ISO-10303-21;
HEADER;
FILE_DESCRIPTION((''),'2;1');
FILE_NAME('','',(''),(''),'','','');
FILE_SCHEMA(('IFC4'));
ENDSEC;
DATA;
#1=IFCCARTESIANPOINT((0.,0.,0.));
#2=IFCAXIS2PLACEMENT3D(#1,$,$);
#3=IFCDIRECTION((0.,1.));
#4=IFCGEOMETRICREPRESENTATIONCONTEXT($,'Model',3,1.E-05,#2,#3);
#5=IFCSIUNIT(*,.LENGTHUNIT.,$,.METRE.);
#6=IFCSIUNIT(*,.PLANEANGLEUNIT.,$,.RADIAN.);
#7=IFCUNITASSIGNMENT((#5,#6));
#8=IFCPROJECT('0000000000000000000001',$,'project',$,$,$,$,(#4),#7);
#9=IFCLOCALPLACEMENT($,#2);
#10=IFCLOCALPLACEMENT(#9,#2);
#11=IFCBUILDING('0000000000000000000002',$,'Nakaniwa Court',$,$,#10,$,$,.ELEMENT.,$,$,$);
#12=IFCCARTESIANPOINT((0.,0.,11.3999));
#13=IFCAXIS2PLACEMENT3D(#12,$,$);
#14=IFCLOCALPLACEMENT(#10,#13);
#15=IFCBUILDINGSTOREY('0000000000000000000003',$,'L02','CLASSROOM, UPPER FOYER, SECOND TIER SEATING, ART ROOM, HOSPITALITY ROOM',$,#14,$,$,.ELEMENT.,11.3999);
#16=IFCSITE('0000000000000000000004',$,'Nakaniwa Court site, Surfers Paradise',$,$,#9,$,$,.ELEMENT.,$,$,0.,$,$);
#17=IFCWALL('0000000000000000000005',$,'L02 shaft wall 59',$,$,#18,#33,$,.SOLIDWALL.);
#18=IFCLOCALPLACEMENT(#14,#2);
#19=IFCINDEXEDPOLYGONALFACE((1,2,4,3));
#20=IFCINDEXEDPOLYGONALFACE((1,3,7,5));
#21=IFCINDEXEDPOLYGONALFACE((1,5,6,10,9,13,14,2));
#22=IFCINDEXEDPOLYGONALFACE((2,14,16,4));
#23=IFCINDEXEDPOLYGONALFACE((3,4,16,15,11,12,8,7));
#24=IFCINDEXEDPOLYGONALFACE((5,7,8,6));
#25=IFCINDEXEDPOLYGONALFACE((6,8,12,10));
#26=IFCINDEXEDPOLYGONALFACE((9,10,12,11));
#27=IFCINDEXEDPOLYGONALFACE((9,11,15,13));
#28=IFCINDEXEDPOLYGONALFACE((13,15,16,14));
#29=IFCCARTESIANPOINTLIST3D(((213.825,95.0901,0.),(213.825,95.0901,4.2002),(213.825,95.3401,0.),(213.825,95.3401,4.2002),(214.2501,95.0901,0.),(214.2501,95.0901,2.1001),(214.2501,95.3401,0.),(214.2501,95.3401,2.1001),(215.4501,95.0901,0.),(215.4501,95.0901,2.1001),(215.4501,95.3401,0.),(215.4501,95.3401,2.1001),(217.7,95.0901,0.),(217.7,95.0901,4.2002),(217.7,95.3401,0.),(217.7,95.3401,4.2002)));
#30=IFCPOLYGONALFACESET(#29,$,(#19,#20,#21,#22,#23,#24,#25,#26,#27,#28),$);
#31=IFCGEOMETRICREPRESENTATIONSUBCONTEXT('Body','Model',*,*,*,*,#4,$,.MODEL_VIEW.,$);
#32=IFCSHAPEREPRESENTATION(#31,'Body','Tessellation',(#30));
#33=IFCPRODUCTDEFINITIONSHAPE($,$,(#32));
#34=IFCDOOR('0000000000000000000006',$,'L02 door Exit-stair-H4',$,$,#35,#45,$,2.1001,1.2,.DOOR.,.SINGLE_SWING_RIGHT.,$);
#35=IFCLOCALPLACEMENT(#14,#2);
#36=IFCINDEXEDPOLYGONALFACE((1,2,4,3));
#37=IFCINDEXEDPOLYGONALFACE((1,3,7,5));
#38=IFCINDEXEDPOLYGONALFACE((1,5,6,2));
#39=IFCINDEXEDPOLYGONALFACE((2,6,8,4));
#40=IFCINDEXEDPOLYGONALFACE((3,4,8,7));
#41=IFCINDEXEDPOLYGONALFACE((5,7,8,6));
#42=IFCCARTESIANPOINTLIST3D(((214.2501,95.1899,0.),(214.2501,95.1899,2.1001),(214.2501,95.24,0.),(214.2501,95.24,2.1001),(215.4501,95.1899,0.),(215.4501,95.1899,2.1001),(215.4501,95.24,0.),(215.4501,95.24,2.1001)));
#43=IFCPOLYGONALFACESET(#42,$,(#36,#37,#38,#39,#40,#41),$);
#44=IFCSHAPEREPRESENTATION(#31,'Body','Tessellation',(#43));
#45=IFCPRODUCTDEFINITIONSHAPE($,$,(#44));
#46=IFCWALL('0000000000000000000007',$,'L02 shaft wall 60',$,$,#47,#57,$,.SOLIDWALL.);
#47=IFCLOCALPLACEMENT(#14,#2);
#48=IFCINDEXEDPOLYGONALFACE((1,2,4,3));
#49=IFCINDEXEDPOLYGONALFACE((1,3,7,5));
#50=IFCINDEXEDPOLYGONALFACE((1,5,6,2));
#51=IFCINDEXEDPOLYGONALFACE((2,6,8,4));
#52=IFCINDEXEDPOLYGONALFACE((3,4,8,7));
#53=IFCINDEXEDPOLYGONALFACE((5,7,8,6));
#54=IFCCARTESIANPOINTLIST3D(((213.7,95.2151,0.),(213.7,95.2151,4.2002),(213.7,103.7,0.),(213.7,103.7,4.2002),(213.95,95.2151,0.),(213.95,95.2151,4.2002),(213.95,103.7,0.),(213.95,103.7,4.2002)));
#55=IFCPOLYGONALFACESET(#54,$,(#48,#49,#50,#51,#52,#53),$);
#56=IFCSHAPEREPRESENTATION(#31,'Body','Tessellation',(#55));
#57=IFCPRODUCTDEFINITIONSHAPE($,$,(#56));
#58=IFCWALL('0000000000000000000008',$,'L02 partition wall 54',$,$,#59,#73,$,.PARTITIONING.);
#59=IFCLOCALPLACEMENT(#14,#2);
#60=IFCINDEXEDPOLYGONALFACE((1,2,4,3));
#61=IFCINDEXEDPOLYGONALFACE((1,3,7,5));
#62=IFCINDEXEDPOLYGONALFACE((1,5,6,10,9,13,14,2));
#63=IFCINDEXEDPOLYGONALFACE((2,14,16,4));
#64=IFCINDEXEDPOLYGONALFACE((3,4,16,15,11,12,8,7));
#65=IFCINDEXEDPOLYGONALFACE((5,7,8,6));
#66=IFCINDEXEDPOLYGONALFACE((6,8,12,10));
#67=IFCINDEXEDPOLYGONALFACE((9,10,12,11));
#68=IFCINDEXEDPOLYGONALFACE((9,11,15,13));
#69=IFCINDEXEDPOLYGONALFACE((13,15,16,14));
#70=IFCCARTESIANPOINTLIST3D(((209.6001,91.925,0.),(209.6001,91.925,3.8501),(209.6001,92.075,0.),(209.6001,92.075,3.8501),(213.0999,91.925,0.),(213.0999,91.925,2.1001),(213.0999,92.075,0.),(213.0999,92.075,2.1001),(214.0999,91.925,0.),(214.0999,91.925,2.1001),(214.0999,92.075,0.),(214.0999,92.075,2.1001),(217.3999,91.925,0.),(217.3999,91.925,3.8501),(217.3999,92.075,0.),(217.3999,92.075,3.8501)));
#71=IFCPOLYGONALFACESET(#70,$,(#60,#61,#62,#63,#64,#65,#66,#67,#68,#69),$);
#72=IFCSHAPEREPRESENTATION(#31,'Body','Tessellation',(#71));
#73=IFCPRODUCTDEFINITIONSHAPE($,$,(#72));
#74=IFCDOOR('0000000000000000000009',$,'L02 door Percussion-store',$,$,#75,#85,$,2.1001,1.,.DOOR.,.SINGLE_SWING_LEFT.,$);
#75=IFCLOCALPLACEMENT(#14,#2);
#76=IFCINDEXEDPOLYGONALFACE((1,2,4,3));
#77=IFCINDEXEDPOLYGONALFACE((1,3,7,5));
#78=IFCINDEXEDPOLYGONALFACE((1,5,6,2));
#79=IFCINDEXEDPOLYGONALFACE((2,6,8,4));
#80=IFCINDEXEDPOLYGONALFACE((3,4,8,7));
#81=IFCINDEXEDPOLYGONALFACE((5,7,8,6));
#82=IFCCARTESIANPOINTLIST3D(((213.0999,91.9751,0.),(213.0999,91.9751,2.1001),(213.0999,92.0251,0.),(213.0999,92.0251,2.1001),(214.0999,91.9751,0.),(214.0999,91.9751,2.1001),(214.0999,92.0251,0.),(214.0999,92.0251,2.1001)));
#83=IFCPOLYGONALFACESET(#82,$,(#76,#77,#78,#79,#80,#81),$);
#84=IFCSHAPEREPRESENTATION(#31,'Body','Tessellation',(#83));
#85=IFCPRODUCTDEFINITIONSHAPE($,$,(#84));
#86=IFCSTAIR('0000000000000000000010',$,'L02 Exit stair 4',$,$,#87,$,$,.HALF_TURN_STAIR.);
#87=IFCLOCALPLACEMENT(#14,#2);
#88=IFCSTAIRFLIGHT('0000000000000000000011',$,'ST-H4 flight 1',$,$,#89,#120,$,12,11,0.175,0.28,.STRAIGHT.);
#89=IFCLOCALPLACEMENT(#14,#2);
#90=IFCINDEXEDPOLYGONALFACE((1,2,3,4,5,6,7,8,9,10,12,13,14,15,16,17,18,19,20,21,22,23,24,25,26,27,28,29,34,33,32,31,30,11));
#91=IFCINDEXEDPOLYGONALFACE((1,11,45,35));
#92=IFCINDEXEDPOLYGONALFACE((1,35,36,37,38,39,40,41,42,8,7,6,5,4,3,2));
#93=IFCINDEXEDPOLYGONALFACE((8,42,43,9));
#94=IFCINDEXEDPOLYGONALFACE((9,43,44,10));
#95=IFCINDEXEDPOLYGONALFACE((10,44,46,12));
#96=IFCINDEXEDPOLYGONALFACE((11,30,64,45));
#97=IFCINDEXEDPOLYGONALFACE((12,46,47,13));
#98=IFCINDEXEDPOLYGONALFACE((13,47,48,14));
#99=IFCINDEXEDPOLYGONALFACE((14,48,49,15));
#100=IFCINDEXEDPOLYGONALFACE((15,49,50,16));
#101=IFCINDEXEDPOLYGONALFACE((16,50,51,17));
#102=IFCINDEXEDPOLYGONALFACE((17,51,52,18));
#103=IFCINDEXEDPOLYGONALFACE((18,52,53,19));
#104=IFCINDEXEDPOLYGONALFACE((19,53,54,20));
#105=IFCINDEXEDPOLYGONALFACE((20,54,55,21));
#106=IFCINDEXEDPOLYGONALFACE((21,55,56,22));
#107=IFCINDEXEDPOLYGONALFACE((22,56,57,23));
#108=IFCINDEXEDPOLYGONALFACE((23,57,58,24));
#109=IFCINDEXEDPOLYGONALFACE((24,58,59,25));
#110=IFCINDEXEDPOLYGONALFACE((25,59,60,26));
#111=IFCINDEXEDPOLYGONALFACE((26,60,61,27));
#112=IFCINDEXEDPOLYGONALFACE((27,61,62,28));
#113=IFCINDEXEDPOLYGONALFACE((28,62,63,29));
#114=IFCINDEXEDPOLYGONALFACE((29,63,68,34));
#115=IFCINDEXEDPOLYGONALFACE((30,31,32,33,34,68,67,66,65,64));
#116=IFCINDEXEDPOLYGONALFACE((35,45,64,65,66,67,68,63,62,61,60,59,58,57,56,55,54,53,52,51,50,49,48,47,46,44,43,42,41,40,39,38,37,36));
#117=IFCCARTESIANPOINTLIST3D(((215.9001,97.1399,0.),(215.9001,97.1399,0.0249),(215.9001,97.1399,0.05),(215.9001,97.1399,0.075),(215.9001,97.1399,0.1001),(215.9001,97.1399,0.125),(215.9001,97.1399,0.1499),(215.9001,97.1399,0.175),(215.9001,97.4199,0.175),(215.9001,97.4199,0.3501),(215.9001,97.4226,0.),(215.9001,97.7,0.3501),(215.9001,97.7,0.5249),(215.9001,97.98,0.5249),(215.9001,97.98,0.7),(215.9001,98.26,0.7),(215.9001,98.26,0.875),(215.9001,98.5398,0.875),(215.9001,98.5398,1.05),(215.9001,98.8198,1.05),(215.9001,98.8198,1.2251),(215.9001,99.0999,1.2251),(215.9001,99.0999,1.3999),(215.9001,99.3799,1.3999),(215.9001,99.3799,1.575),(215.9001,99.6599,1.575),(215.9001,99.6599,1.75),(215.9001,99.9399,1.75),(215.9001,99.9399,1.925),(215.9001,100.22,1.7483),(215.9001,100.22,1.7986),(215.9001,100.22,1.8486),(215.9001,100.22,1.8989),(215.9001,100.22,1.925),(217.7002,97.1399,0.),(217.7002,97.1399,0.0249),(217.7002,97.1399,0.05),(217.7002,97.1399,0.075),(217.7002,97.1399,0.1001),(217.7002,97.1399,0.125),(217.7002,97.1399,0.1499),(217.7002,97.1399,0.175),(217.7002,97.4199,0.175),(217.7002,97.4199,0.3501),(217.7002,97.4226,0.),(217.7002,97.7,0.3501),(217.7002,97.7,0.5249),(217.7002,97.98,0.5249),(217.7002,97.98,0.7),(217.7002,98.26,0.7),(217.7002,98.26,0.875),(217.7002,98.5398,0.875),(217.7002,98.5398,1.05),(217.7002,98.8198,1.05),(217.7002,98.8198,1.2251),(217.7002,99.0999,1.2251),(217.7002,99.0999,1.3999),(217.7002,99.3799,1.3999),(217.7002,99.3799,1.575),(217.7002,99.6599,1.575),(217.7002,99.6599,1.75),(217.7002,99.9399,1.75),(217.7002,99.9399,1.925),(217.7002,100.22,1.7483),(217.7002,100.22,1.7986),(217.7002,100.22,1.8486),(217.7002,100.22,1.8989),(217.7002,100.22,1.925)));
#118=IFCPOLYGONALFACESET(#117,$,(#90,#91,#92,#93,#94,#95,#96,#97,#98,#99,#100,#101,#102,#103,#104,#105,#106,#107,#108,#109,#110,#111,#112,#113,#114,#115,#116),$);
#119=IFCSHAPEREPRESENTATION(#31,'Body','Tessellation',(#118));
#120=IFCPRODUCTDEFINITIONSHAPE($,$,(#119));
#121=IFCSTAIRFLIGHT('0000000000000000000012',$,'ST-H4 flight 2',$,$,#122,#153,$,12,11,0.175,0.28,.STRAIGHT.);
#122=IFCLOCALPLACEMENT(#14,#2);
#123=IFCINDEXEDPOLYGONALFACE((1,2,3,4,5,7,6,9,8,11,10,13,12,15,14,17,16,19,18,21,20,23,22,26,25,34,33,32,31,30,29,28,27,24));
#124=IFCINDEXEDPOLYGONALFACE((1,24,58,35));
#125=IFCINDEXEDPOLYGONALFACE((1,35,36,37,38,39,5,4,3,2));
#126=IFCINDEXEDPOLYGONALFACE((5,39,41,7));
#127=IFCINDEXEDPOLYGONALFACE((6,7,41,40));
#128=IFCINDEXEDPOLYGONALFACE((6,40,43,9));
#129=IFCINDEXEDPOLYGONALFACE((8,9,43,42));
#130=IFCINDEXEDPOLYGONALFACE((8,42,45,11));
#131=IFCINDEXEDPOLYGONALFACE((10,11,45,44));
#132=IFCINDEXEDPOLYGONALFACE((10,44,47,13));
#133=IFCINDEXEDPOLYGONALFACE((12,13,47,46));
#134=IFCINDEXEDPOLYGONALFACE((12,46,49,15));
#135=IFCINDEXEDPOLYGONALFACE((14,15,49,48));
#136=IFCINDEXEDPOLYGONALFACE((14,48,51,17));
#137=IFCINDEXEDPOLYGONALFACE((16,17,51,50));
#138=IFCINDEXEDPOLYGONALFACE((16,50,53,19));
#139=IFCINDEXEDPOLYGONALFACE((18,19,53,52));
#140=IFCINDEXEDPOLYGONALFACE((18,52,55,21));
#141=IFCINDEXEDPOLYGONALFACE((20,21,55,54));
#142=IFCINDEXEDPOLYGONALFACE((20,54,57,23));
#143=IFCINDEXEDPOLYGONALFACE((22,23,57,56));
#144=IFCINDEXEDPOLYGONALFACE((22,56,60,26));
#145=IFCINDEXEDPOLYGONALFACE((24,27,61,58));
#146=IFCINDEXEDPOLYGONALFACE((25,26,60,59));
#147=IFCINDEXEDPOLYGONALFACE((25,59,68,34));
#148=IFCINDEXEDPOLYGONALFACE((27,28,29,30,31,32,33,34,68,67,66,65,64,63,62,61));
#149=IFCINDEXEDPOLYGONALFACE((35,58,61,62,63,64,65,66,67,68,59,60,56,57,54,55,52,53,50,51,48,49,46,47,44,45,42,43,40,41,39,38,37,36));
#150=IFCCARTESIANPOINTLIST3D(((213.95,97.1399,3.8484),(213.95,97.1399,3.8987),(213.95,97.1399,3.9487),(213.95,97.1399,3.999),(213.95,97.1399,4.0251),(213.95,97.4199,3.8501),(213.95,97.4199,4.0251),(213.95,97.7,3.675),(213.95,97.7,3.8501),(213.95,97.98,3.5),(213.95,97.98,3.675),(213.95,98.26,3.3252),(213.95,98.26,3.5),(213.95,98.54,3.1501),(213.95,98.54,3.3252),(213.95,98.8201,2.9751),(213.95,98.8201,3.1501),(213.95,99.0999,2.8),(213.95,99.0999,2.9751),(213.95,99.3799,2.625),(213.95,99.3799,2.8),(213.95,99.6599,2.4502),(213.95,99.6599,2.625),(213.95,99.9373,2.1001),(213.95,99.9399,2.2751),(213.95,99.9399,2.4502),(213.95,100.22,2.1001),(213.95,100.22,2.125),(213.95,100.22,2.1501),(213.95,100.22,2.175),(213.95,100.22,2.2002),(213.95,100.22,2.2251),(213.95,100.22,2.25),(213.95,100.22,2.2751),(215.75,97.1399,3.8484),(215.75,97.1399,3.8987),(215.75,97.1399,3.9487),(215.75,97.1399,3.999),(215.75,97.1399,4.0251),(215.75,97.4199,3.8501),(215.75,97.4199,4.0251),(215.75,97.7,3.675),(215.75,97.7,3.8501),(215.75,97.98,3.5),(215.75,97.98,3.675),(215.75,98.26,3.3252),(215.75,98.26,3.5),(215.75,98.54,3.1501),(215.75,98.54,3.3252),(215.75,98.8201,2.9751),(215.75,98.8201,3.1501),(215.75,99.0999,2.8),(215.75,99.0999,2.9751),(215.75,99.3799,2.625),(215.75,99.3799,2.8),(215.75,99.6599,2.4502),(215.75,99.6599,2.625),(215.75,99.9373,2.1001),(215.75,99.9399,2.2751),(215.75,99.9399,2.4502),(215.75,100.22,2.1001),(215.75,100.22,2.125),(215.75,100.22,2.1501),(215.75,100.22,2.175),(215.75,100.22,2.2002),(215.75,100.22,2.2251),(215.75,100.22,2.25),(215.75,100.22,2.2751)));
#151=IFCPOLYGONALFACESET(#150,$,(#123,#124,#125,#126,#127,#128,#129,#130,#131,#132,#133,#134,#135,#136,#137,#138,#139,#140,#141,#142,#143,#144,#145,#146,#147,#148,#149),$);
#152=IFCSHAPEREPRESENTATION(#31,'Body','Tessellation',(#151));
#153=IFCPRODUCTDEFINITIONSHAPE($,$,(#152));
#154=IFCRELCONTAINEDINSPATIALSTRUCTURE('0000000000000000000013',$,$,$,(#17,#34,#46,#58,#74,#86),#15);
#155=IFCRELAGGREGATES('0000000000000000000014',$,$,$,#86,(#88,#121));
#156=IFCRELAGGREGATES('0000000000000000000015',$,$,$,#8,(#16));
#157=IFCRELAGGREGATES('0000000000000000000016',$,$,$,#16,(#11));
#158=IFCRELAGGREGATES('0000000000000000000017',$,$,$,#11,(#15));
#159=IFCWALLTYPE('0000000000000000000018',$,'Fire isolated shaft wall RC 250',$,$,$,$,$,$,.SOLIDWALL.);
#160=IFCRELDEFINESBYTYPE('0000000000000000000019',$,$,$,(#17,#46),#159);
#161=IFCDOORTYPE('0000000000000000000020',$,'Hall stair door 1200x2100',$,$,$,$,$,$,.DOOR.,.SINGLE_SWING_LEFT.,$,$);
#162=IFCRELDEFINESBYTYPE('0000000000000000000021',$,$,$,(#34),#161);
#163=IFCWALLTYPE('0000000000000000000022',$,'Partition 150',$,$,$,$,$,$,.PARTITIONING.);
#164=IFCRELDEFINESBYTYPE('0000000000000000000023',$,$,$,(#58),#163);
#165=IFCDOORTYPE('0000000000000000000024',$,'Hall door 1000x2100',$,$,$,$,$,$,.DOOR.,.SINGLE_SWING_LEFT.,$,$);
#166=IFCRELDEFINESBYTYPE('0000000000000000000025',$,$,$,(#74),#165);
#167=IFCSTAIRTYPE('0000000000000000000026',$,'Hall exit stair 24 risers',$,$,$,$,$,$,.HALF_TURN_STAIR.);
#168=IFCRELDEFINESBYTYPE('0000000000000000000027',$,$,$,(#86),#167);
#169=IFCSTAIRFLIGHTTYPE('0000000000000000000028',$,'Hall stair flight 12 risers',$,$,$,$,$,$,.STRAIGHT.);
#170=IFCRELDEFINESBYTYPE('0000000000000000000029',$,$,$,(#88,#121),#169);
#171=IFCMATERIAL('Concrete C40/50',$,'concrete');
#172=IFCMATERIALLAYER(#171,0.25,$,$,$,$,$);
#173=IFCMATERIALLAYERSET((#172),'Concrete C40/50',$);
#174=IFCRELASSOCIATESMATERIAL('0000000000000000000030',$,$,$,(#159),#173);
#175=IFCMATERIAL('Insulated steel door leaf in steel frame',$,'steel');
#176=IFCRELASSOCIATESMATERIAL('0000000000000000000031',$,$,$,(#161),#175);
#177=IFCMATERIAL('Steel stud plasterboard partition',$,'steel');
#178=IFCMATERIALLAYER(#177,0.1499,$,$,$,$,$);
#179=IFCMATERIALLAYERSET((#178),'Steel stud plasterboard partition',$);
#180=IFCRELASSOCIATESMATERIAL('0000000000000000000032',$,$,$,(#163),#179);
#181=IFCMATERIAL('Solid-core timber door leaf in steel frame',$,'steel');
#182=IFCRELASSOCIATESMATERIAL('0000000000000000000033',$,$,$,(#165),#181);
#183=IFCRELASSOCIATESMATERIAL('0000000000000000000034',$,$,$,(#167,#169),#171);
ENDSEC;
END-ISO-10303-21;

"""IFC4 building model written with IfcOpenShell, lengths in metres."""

from ifc_helpers import new_model, si_unit, direction, frame, frame_2d, origin, place, context, subcontext, project, spatial, polyline, rectangle, outline, extrude, material, layer, layer_set, type_object, element, fill, aggregate, save


model = new_model("IFC4")

# Units and contexts
model_context = context("Model", 3, precision=1e-05, world=origin(), true_north=direction((0.0, 1.0)))
body_context = subcontext(model_context, "Body", "Model", "MODEL_VIEW")
ifc_project = project(units=[si_unit("LENGTHUNIT", "METRE"), si_unit("PLANEANGLEUNIT", "RADIAN")], contexts=[model_context])

# Site, building, storey
site_placement = place(None, origin())
site = spatial("IfcSite", under=ifc_project, at=site_placement, Name="Nakaniwa Court site, Surfers Paradise", CompositionType="ELEMENT", RefElevation=0.0)
building_placement = place(site_placement, origin())
building = spatial("IfcBuilding", under=site, at=building_placement, Name="Nakaniwa Court", CompositionType="ELEMENT")
storey_placement = place(building_placement, frame((0.0, 0.0, 11.3999)))
storey = spatial("IfcBuildingStorey", under=building, at=storey_placement, Name="L02", Description="CLASSROOM, UPPER FOYER, SECOND TIER SEATING, ART ROOM, HOSPITALITY ROOM", CompositionType="ELEMENT", Elevation=11.3999)

# Shared definitions
ifc_material_1 = material(Name="Concrete C40/50", Category="concrete")
ifc_layer_1 = layer(ifc_material_1, 0.25)
ifc_layer_set_1 = layer_set([ifc_layer_1], Name="Concrete C40/50")
wall_type_1 = type_object("IfcWallType", Name="Fire isolated shaft wall RC 250", PredefinedType="SOLIDWALL", material=ifc_layer_set_1)

# Wall, opening, door
wall_1_placement = place(storey_placement, frame((213.825, 95.2151, 0.0), z_axis=(0.0, 0.0, 1.0), x_axis=(1.0, 0.0, 0.0)))
wall_1 = element("IfcWall", 1, at=wall_1_placement, inside=storey, type_object=wall_type_1, Name="L02 shaft wall 59", PredefinedType="SOLIDWALL", context=body_context, shape_type="SweptSolid", body=[
    extrude(rectangle(XDim=3.875, YDim=0.25, at=frame_2d((1.9375, 0.0))), origin(), (0.0, 0.0, 1.0), 4.2002),
])
opening_1_placement = place(wall_1_placement, frame((0.425, 0.0, 0.0)))
opening_1 = element("IfcOpeningElement", 2, at=opening_1_placement, cuts=wall_1, PredefinedType="OPENING", context=body_context, shape_type="SweptSolid", body=[
    extrude(rectangle(XDim=1.2, YDim=2.1001, at=frame_2d((0.6001, 1.05))), frame((0.0, 0.135, 0.0), z_axis=(0.0, -1.0, 0.0), x_axis=(1.0, 0.0, 0.0)), (0.0, 0.0, 1.0), 0.27),
])
ifc_material_2 = material(Name="Insulated steel door leaf in steel frame", Category="steel")
door_type_1 = type_object("IfcDoorType", Name="Hall stair door 1200x2100", OperationType="SINGLE_SWING_LEFT", PredefinedType="DOOR", material=ifc_material_2)
door_1_placement = place(opening_1_placement, origin())
door_1 = element("IfcDoor", 3, at=door_1_placement, inside=storey, type_object=door_type_1, Name="L02 door Exit-stair-H4", OperationType="SINGLE_SWING_RIGHT", OverallHeight=2.1001, OverallWidth=1.2, PredefinedType="DOOR", context=body_context, shape_type="SweptSolid", body=[
    extrude(rectangle(XDim=1.2, YDim=2.1001, at=frame_2d((0.6001, 1.05))), frame((0.0, 0.0249, 0.0), z_axis=(0.0, -1.0, 0.0), x_axis=(1.0, 0.0, 0.0)), (0.0, 0.0, 1.0), 0.05),
])
fill(opening_1, door_1)

# Wall
wall_2_placement = place(storey_placement, frame((213.825, 95.2151, 0.0), z_axis=(0.0, 0.0, 1.0), x_axis=(0.0, 1.0, 0.0)))
element("IfcWall", 4, at=wall_2_placement, inside=storey, type_object=wall_type_1, Name="L02 shaft wall 60", PredefinedType="SOLIDWALL", context=body_context, shape_type="SweptSolid", body=[
    extrude(rectangle(XDim=8.4849, YDim=0.25, at=frame_2d((4.2424, 0.0))), origin(), (0.0, 0.0, 1.0), 4.2002),
])

# Wall, opening, door
ifc_material_3 = material(Name="Steel stud plasterboard partition", Category="steel")
ifc_layer_2 = layer(ifc_material_3, 0.1499)
ifc_layer_set_2 = layer_set([ifc_layer_2], Name="Steel stud plasterboard partition")
wall_type_2 = type_object("IfcWallType", Name="Partition 150", PredefinedType="PARTITIONING", material=ifc_layer_set_2)
wall_3_placement = place(storey_placement, frame((217.3999, 92.0, 0.0), z_axis=(0.0, 0.0, 1.0), x_axis=(-1.0, 0.0, 0.0)))
wall_3 = element("IfcWall", 5, at=wall_3_placement, inside=storey, type_object=wall_type_2, Name="L02 partition wall 54", PredefinedType="PARTITIONING", context=body_context, shape_type="SweptSolid", body=[
    extrude(rectangle(XDim=7.7998, YDim=0.1499, at=frame_2d((3.8999, 0.0))), origin(), (0.0, 0.0, 1.0), 3.8501),
])
opening_2_placement = place(wall_3_placement, frame((3.3, 0.0, 0.0)))
opening_2 = element("IfcOpeningElement", 6, at=opening_2_placement, cuts=wall_3, PredefinedType="OPENING", context=body_context, shape_type="SweptSolid", body=[
    extrude(rectangle(XDim=1.0, YDim=2.1001, at=frame_2d((0.5, 1.05))), frame((0.0, 0.085, 0.0), z_axis=(0.0, -1.0, 0.0), x_axis=(1.0, 0.0, 0.0)), (0.0, 0.0, 1.0), 0.1699),
])
ifc_material_4 = material(Name="Solid-core timber door leaf in steel frame", Category="steel")
door_type_2 = type_object("IfcDoorType", Name="Hall door 1000x2100", OperationType="SINGLE_SWING_LEFT", PredefinedType="DOOR", material=ifc_material_4)
door_2_placement = place(opening_2_placement, origin())
door_2 = element("IfcDoor", 7, at=door_2_placement, inside=storey, type_object=door_type_2, Name="L02 door Percussion-store", OperationType="SINGLE_SWING_LEFT", OverallHeight=2.1001, OverallWidth=1.0, PredefinedType="DOOR", context=body_context, shape_type="SweptSolid", body=[
    extrude(rectangle(XDim=1.0, YDim=2.1001, at=frame_2d((0.5, 1.05))), frame((0.0, 0.0249, 0.0), z_axis=(0.0, -1.0, 0.0), x_axis=(1.0, 0.0, 0.0)), (0.0, 0.0, 1.0), 0.05),
])
fill(opening_2, door_2)

# Stair, stair flights
stair_type = type_object("IfcStairType", Name="Hall exit stair 24 risers", PredefinedType="HALF_TURN_STAIR", material=ifc_material_1)
stair_placement = place(storey_placement, origin())
stair = element("IfcStair", 8, at=stair_placement, inside=storey, type_object=stair_type, Name="L02 Exit stair 4", PredefinedType="HALF_TURN_STAIR")
stair_flight_type = type_object("IfcStairFlightType", Name="Hall stair flight 12 risers", PredefinedType="STRAIGHT", material=ifc_material_1)
stair_flight_1_placement = place(storey_placement, frame((216.8, 97.1399, 0.0), z_axis=(0.0, 0.0, 1.0), x_axis=(0.0, 1.0, 0.0)))
stair_flight_1 = element("IfcStairFlight", 9, at=stair_flight_1_placement, type_object=stair_flight_type, Name="ST-H4 flight 1", NumberOfRisers=12, NumberOfTreads=11, PredefinedType="STRAIGHT", RiserHeight=0.175, TreadLength=0.28, context=body_context, shape_type="SweptSolid", body=[
    extrude(outline(polyline([(0.0, 0.0), (0.0, 0.0249), (0.0, 0.05), (0.0, 0.075), (0.0, 0.1001), (0.0, 0.125), (0.0, 0.1499), (0.0, 0.175), (0.28, 0.175), (0.28, 0.3501), (0.5601, 0.3501), (0.5601, 0.5249), (0.8401, 0.5249), (0.8401, 0.7), (1.1201, 0.7), (1.1201, 0.875), (1.3999, 0.875), (1.3999, 1.05), (1.6799, 1.05), (1.6799, 1.2251), (1.96, 1.2251), (1.96, 1.3999), (2.24, 1.3999), (2.24, 1.575), (2.52, 1.575), (2.52, 1.75), (2.8, 1.75), (2.8, 1.925), (3.0801, 1.925), (3.0801, 2.1001), (3.0801, 2.0498), (3.0801, 1.9995), (3.0801, 1.9492), (3.0801, 1.8989), (3.0801, 1.8486), (3.0801, 1.7986), (3.0801, 1.7483), (0.2827, 0.0), (0.0, 0.0)])), frame((0.0, 0.8999, 0.0), z_axis=(0.0, -1.0, 0.0), x_axis=(1.0, 0.0, 0.0)), (0.0, 0.0, 1.0), 1.8),
])
stair_flight_2_placement = place(storey_placement, frame((214.8501, 100.22, 2.1001), z_axis=(0.0, 0.0, 1.0), x_axis=(0.0, -1.0, 0.0)))
stair_flight_2 = element("IfcStairFlight", 10, at=stair_flight_2_placement, type_object=stair_flight_type, Name="ST-H4 flight 2", NumberOfRisers=12, NumberOfTreads=11, PredefinedType="STRAIGHT", RiserHeight=0.175, TreadLength=0.28, context=body_context, shape_type="SweptSolid", body=[
    extrude(outline(polyline([(0.0, 0.0), (0.0, 0.0249), (0.0, 0.05), (0.0, 0.075), (0.0, 0.1001), (0.0, 0.125), (0.0, 0.1499), (0.0, 0.175), (0.28, 0.175), (0.28, 0.3501), (0.5601, 0.3501), (0.5601, 0.5249), (0.8401, 0.5249), (0.8401, 0.7), (1.1201, 0.7), (1.1201, 0.875), (1.3999, 0.875), (1.3999, 1.05), (1.6799, 1.05), (1.6799, 1.2251), (1.96, 1.2251), (1.96, 1.3999), (2.24, 1.3999), (2.24, 1.575), (2.52, 1.575), (2.52, 1.75), (2.8, 1.75), (2.8, 1.925), (3.0801, 1.925), (3.0801, 2.1001), (3.0801, 2.0498), (3.0801, 1.9995), (3.0801, 1.9492), (3.0801, 1.8989), (3.0801, 1.8486), (3.0801, 1.7986), (3.0801, 1.7483), (0.2827, 0.0), (0.0, 0.0)])), frame((0.0, 0.8999, 0.0), z_axis=(0.0, -1.0, 0.0), x_axis=(1.0, 0.0, 0.0)), (0.0, 0.0, 1.0), 1.8),
])
aggregate(stair, [stair_flight_1, stair_flight_2])

save(model, "model.ifc")
